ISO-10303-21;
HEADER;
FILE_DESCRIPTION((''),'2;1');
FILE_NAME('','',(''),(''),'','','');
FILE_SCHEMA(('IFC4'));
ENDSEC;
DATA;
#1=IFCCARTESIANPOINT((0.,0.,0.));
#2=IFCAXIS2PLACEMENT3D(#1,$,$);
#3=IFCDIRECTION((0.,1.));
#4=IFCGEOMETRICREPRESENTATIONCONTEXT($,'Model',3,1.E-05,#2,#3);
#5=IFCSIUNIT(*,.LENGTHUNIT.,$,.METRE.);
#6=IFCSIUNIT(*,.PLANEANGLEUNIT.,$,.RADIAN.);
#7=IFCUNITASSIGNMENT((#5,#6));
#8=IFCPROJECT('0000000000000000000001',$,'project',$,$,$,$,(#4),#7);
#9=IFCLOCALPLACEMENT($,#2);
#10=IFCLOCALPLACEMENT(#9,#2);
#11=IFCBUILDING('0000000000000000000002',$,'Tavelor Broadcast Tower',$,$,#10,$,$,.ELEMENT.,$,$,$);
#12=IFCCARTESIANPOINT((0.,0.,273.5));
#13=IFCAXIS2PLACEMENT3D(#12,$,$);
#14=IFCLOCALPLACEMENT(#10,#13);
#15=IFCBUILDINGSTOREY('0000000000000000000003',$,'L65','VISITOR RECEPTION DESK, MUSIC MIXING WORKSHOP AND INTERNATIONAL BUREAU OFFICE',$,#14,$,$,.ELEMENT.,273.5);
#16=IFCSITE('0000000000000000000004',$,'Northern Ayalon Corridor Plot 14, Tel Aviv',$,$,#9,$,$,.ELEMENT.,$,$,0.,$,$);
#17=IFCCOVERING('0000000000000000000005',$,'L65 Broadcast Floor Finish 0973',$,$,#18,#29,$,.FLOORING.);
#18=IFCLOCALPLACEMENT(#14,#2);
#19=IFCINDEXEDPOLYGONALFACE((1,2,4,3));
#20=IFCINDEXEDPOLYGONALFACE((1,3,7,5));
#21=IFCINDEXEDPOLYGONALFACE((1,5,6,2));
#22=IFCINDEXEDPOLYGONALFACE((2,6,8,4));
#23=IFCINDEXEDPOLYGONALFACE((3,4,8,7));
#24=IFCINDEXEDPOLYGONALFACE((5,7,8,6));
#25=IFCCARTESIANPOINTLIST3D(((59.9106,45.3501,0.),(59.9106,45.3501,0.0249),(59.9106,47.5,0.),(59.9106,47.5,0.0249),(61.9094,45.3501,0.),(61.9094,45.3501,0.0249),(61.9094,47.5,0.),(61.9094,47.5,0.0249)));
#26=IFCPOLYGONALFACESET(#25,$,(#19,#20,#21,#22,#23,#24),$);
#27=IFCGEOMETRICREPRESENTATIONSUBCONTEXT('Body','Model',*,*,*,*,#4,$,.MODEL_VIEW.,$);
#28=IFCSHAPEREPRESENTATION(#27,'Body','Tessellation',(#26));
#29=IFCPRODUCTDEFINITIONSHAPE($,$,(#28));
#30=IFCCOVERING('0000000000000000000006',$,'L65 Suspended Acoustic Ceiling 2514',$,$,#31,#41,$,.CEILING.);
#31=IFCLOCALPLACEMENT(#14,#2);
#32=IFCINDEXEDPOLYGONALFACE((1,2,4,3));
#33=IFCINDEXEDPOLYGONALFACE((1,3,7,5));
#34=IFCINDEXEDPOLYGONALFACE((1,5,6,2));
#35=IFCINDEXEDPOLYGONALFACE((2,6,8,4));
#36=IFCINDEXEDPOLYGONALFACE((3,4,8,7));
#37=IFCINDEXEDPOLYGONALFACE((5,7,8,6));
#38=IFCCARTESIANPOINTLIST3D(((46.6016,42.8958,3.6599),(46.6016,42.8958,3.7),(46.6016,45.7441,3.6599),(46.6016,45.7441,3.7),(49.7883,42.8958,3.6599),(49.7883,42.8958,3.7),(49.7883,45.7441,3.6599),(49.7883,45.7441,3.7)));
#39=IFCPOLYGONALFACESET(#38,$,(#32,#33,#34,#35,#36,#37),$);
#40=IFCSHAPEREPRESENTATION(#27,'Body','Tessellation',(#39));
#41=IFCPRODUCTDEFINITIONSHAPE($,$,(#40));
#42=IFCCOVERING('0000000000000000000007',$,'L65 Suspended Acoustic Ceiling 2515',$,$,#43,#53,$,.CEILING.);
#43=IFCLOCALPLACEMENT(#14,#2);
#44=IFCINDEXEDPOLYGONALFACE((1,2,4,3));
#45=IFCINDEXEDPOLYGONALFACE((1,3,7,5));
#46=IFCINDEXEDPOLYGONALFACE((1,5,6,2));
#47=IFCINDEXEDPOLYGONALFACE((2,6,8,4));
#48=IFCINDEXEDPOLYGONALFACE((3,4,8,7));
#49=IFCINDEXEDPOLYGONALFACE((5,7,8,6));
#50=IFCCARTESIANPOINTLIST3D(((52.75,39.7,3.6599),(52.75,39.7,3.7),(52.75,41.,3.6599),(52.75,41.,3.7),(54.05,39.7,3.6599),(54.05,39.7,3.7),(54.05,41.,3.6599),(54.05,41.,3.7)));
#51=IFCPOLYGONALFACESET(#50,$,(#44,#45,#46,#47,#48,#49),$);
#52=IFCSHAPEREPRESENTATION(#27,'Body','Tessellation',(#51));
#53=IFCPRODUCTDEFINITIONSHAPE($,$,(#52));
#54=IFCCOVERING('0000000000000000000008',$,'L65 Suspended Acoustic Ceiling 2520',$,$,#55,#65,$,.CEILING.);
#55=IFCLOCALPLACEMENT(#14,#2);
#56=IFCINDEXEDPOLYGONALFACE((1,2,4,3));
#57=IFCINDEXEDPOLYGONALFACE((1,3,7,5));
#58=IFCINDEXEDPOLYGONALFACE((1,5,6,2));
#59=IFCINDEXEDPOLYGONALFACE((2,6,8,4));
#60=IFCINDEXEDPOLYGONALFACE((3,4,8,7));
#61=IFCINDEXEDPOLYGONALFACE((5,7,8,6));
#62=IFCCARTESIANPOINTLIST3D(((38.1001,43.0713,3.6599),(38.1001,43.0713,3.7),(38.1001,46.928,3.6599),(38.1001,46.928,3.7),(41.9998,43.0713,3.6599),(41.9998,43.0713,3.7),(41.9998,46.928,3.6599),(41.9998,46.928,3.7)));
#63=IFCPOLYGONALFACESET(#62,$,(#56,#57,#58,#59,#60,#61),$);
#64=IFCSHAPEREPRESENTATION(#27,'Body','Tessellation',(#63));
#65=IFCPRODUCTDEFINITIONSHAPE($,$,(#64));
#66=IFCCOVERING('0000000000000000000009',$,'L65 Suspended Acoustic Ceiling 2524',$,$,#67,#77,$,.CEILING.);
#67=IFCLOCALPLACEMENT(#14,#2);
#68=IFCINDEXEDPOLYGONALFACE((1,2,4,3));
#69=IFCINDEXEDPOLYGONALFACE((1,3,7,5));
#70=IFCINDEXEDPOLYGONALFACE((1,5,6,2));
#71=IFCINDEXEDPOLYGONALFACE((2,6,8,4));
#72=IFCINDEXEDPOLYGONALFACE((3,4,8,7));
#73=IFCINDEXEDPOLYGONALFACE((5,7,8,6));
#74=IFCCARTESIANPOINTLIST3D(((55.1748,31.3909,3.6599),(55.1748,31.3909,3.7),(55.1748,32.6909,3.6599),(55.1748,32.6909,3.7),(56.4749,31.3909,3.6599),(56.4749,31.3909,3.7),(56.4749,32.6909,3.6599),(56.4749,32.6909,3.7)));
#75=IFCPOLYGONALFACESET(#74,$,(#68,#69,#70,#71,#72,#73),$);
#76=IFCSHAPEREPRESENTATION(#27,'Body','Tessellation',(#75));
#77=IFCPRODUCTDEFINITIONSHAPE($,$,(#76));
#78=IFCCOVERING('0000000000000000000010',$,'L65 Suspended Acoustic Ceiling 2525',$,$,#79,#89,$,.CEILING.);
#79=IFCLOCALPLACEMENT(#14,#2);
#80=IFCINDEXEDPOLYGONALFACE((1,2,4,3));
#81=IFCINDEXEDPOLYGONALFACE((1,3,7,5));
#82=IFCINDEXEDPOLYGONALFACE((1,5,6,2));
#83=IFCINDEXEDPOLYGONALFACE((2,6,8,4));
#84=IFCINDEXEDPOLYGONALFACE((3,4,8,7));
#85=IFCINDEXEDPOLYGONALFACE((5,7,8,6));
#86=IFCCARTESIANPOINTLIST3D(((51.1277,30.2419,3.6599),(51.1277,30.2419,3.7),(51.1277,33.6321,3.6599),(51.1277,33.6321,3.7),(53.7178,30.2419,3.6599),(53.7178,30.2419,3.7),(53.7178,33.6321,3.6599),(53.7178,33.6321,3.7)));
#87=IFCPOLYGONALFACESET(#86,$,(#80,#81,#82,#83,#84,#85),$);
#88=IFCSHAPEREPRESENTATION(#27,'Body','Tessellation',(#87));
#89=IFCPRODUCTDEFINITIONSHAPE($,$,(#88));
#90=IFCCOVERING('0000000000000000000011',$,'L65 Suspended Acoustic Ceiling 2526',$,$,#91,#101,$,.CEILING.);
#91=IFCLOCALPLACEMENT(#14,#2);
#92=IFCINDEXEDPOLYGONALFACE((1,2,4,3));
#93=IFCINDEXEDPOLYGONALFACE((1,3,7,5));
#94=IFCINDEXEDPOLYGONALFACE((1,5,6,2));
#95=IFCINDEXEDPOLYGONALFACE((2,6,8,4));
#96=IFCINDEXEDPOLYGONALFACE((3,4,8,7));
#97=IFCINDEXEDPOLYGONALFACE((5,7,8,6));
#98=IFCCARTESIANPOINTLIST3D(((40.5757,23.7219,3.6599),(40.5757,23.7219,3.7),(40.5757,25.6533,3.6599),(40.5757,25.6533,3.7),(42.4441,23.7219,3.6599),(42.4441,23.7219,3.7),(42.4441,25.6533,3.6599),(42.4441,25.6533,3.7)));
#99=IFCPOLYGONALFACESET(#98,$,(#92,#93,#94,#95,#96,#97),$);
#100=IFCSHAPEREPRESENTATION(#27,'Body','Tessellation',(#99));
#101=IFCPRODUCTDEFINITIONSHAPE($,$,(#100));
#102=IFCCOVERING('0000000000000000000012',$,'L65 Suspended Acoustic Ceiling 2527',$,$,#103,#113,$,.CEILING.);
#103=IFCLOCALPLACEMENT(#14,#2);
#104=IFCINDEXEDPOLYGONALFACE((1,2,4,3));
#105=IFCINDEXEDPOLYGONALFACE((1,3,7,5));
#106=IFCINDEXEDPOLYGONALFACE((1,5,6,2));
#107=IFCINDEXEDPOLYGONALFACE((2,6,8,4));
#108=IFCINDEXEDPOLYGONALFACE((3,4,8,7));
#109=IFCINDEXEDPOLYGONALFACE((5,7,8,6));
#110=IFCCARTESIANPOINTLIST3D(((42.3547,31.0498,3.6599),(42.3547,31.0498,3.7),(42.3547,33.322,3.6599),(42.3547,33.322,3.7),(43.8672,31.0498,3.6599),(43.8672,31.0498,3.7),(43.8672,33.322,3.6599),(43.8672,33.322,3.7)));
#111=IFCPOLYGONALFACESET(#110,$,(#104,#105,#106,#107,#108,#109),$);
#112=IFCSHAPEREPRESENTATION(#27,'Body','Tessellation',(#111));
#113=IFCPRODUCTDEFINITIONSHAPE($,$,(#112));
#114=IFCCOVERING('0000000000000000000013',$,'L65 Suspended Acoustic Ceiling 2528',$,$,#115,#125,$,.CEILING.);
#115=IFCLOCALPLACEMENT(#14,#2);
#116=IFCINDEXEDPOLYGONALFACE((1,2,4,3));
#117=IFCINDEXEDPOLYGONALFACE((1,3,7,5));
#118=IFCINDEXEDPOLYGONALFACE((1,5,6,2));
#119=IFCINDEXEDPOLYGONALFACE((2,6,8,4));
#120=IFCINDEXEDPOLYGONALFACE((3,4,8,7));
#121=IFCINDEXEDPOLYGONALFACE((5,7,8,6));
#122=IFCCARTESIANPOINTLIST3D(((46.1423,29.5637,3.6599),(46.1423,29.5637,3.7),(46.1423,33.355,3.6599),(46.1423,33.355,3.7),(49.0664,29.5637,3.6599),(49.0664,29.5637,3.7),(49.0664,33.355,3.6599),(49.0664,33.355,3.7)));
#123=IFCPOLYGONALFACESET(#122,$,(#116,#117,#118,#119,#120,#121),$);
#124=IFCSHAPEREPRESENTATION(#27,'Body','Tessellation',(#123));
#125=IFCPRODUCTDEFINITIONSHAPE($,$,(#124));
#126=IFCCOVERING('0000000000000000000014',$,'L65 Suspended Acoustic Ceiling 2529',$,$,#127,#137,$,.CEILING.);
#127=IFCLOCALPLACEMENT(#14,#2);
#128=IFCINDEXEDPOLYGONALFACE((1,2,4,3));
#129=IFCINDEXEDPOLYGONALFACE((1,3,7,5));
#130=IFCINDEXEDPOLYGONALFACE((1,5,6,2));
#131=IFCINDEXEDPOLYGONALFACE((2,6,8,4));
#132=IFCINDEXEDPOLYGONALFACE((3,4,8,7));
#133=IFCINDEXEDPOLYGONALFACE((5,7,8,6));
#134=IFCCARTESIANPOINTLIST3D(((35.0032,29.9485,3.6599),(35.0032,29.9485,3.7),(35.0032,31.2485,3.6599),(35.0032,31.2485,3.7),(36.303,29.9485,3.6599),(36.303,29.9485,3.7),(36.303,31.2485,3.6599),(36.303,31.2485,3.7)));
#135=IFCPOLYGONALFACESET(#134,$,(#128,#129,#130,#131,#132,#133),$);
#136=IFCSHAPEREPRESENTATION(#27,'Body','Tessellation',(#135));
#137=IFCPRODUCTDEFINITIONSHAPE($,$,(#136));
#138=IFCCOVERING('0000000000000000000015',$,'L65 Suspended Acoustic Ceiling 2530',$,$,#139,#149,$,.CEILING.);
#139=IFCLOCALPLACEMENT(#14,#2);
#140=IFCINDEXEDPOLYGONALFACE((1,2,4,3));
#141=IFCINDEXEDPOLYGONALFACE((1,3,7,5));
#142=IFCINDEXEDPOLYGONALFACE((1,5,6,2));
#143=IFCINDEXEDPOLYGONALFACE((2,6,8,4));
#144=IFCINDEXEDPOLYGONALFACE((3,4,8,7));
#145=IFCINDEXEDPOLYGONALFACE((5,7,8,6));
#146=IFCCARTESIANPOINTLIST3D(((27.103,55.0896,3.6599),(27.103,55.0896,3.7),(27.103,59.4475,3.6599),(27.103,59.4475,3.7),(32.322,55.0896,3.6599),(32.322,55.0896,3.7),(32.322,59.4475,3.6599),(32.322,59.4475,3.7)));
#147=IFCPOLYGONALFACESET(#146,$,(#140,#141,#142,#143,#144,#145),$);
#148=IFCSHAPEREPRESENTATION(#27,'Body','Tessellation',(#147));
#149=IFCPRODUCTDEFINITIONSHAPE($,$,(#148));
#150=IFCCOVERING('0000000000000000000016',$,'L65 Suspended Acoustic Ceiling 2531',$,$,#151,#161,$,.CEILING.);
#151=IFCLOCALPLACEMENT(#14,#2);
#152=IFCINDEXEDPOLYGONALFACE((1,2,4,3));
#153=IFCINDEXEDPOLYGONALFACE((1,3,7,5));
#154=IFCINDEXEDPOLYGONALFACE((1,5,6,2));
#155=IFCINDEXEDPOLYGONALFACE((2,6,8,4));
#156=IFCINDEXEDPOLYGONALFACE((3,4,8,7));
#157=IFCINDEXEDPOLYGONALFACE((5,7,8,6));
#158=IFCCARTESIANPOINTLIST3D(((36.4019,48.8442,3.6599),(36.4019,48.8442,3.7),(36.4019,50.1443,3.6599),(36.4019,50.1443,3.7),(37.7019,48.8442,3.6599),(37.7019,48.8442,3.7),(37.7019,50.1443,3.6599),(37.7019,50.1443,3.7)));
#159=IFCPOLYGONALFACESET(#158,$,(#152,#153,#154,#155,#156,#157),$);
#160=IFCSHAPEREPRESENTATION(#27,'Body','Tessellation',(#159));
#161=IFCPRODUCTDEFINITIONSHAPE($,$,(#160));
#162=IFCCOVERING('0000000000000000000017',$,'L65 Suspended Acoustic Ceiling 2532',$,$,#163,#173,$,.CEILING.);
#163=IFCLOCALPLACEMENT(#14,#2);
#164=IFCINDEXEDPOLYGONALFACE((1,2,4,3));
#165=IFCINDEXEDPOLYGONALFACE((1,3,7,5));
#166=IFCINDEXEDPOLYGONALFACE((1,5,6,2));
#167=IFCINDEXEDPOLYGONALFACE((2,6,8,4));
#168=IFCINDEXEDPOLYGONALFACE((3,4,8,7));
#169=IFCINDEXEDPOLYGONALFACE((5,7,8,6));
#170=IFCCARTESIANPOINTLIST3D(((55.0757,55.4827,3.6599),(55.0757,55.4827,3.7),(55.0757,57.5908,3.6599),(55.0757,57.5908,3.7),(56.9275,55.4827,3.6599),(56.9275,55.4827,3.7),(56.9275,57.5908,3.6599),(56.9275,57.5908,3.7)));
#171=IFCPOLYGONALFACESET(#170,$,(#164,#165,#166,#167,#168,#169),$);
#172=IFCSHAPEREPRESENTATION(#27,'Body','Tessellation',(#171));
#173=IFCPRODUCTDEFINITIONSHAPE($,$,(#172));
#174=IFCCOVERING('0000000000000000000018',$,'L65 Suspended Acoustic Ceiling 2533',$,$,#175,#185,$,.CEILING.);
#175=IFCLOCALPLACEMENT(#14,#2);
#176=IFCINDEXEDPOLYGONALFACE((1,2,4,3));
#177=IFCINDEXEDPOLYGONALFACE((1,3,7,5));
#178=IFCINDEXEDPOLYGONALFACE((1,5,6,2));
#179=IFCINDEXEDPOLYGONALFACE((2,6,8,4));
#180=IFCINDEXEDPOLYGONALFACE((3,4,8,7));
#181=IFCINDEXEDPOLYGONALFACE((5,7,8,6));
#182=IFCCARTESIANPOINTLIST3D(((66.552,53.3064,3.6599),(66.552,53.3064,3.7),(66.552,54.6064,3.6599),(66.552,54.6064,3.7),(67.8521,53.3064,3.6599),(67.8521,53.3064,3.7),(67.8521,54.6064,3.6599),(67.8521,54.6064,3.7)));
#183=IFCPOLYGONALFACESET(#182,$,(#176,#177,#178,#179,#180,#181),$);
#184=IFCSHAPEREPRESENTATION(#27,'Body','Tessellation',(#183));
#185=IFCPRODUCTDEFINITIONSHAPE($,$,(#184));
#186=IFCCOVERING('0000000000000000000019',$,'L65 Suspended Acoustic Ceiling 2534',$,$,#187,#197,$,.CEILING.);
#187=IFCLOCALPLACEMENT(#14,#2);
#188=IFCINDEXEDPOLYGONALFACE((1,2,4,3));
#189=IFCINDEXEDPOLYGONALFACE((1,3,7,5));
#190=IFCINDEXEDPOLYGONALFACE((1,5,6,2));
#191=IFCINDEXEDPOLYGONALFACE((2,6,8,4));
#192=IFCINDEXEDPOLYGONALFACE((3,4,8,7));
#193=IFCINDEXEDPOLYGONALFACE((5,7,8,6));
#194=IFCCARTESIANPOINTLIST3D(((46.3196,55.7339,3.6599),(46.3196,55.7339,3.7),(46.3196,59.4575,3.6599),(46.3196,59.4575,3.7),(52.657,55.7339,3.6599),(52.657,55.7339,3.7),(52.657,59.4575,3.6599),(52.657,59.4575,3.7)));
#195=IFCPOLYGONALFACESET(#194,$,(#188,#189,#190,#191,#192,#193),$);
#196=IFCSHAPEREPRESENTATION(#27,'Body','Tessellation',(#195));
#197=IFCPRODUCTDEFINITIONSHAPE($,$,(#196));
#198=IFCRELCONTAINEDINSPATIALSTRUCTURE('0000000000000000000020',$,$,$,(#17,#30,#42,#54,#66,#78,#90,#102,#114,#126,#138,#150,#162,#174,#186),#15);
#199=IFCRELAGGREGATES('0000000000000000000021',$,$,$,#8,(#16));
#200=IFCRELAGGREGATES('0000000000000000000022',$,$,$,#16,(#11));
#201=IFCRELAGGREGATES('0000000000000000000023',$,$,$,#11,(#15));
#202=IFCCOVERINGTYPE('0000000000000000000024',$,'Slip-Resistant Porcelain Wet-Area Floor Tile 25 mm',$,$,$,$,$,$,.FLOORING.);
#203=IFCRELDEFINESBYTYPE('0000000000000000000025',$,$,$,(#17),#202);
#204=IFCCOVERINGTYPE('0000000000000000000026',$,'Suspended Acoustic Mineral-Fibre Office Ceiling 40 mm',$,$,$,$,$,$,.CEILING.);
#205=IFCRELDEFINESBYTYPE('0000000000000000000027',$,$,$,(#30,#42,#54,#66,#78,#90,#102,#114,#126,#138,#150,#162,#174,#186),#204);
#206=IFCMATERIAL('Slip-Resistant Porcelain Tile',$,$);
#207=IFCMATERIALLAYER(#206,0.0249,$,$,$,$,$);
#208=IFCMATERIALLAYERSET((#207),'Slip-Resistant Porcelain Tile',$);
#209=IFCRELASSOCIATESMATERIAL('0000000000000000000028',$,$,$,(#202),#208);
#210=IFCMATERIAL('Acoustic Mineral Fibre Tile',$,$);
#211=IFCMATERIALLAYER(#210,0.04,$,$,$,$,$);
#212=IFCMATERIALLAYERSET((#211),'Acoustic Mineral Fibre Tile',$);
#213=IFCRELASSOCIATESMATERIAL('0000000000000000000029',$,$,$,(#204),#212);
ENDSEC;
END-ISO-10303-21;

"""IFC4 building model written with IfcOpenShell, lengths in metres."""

from ifc_helpers import new_model, si_unit, direction, frame, origin, place, context, subcontext, project, spatial, polyline, outline, extrude, material, layer, layer_set, type_object, element, save


model = new_model("IFC4")

# Units and contexts
model_context = context("Model", 3, precision=1e-05, world=origin(), true_north=direction((0.0, 1.0)))
body_context = subcontext(model_context, "Body", "Model", "MODEL_VIEW")
ifc_project = project(units=[si_unit("LENGTHUNIT", "METRE"), si_unit("PLANEANGLEUNIT", "RADIAN")], contexts=[model_context])

# Site, building, storey
site_placement = place(None, origin())
site = spatial("IfcSite", under=ifc_project, at=site_placement, Name="Northern Ayalon Corridor Plot 14, Tel Aviv", CompositionType="ELEMENT", RefElevation=0.0)
building_placement = place(site_placement, origin())
building = spatial("IfcBuilding", under=site, at=building_placement, Name="Tavelor Broadcast Tower", CompositionType="ELEMENT")
storey_placement = place(building_placement, frame((0.0, 0.0, 273.5)))
storey = spatial("IfcBuildingStorey", under=building, at=storey_placement, Name="L65", Description="VISITOR RECEPTION DESK, MUSIC MIXING WORKSHOP AND INTERNATIONAL BUREAU OFFICE", CompositionType="ELEMENT", Elevation=273.5)

# Coverings
ifc_material_1 = material(Name="Slip-Resistant Porcelain Tile")
ifc_layer_1 = layer(ifc_material_1, 0.0249)
ifc_layer_set_1 = layer_set([ifc_layer_1], Name="Slip-Resistant Porcelain Tile")
covering_type_1 = type_object("IfcCoveringType", Name="Slip-Resistant Porcelain Wet-Area Floor Tile 25 mm", PredefinedType="FLOORING", material=ifc_layer_set_1)
covering_1_placement = place(storey_placement, origin())
element("IfcCovering", 1, at=covering_1_placement, inside=storey, type_object=covering_type_1, Name="L65 Broadcast Floor Finish 0973", PredefinedType="FLOORING", context=body_context, shape_type="SweptSolid", body=[
    extrude(outline(polyline([(59.9106, 45.3501), (61.9094, 45.3501), (61.9094, 47.5), (59.9106, 47.5), (59.9106, 45.3501)])), origin(), (0.0, 0.0, 1.0), 0.0249),
])
ifc_material_2 = material(Name="Acoustic Mineral Fibre Tile")
ifc_layer_2 = layer(ifc_material_2, 0.04)
ifc_layer_set_2 = layer_set([ifc_layer_2], Name="Acoustic Mineral Fibre Tile")
covering_type_2 = type_object("IfcCoveringType", Name="Suspended Acoustic Mineral-Fibre Office Ceiling 40 mm", PredefinedType="CEILING", material=ifc_layer_set_2)
covering_2_placement = place(storey_placement, frame((0.0, 0.0, 3.6599)))
element("IfcCovering", 2, at=covering_2_placement, inside=storey, type_object=covering_type_2, Name="L65 Suspended Acoustic Ceiling 2514", PredefinedType="CEILING", context=body_context, shape_type="SweptSolid", body=[
    extrude(outline(polyline([(46.6016, 42.8958), (49.7883, 42.8958), (49.7883, 45.7441), (46.6016, 45.7441), (46.6016, 42.8958)])), origin(), (0.0, 0.0, 1.0), 0.04),
])
covering_3_placement = place(storey_placement, frame((0.0, 0.0, 3.6599)))
element("IfcCovering", 3, at=covering_3_placement, inside=storey, type_object=covering_type_2, Name="L65 Suspended Acoustic Ceiling 2515", PredefinedType="CEILING", context=body_context, shape_type="SweptSolid", body=[
    extrude(outline(polyline([(52.75, 39.7), (54.05, 39.7), (54.05, 41.0), (52.75, 41.0), (52.75, 39.7)])), origin(), (0.0, 0.0, 1.0), 0.04),
])
covering_4_placement = place(storey_placement, frame((0.0, 0.0, 3.6599)))
element("IfcCovering", 4, at=covering_4_placement, inside=storey, type_object=covering_type_2, Name="L65 Suspended Acoustic Ceiling 2520", PredefinedType="CEILING", context=body_context, shape_type="SweptSolid", body=[
    extrude(outline(polyline([(38.1001, 43.0713), (41.9998, 43.0713), (41.9998, 46.928), (38.1001, 46.928), (38.1001, 43.0713)])), origin(), (0.0, 0.0, 1.0), 0.04),
])
covering_5_placement = place(storey_placement, frame((0.0, 0.0, 3.6599)))
element("IfcCovering", 5, at=covering_5_placement, inside=storey, type_object=covering_type_2, Name="L65 Suspended Acoustic Ceiling 2524", PredefinedType="CEILING", context=body_context, shape_type="SweptSolid", body=[
    extrude(outline(polyline([(55.1748, 31.3909), (56.4749, 31.3909), (56.4749, 32.6909), (55.1748, 32.6909), (55.1748, 31.3909)])), origin(), (0.0, 0.0, 1.0), 0.04),
])
covering_6_placement = place(storey_placement, frame((0.0, 0.0, 3.6599)))
element("IfcCovering", 6, at=covering_6_placement, inside=storey, type_object=covering_type_2, Name="L65 Suspended Acoustic Ceiling 2525", PredefinedType="CEILING", context=body_context, shape_type="SweptSolid", body=[
    extrude(outline(polyline([(51.1277, 30.2419), (53.7178, 30.2419), (53.7178, 33.6321), (51.1277, 33.6321), (51.1277, 30.2419)])), origin(), (0.0, 0.0, 1.0), 0.04),
])
covering_7_placement = place(storey_placement, frame((0.0, 0.0, 3.6599)))
element("IfcCovering", 7, at=covering_7_placement, inside=storey, type_object=covering_type_2, Name="L65 Suspended Acoustic Ceiling 2526", PredefinedType="CEILING", context=body_context, shape_type="SweptSolid", body=[
    extrude(outline(polyline([(40.5757, 23.7219), (42.4441, 23.7219), (42.4441, 25.6533), (40.5757, 25.6533), (40.5757, 23.7219)])), origin(), (0.0, 0.0, 1.0), 0.04),
])
covering_8_placement = place(storey_placement, frame((0.0, 0.0, 3.6599)))
element("IfcCovering", 8, at=covering_8_placement, inside=storey, type_object=covering_type_2, Name="L65 Suspended Acoustic Ceiling 2527", PredefinedType="CEILING", context=body_context, shape_type="SweptSolid", body=[
    extrude(outline(polyline([(42.3547, 31.0498), (43.8672, 31.0498), (43.8672, 33.322), (42.3547, 33.322), (42.3547, 31.0498)])), origin(), (0.0, 0.0, 1.0), 0.04),
])
covering_9_placement = place(storey_placement, frame((0.0, 0.0, 3.6599)))
element("IfcCovering", 9, at=covering_9_placement, inside=storey, type_object=covering_type_2, Name="L65 Suspended Acoustic Ceiling 2528", PredefinedType="CEILING", context=body_context, shape_type="SweptSolid", body=[
    extrude(outline(polyline([(46.1423, 29.5637), (49.0664, 29.5637), (49.0664, 33.355), (46.1423, 33.355), (46.1423, 29.5637)])), origin(), (0.0, 0.0, 1.0), 0.04),
])
covering_10_placement = place(storey_placement, frame((0.0, 0.0, 3.6599)))
element("IfcCovering", 10, at=covering_10_placement, inside=storey, type_object=covering_type_2, Name="L65 Suspended Acoustic Ceiling 2529", PredefinedType="CEILING", context=body_context, shape_type="SweptSolid", body=[
    extrude(outline(polyline([(35.0032, 29.9485), (36.303, 29.9485), (36.303, 31.2485), (35.0032, 31.2485), (35.0032, 29.9485)])), origin(), (0.0, 0.0, 1.0), 0.04),
])
covering_11_placement = place(storey_placement, frame((0.0, 0.0, 3.6599)))
element("IfcCovering", 11, at=covering_11_placement, inside=storey, type_object=covering_type_2, Name="L65 Suspended Acoustic Ceiling 2530", PredefinedType="CEILING", context=body_context, shape_type="SweptSolid", body=[
    extrude(outline(polyline([(27.103, 55.0896), (32.322, 55.0896), (32.322, 59.4475), (27.103, 59.4475), (27.103, 55.0896)])), origin(), (0.0, 0.0, 1.0), 0.04),
])
covering_12_placement = place(storey_placement, frame((0.0, 0.0, 3.6599)))
element("IfcCovering", 12, at=covering_12_placement, inside=storey, type_object=covering_type_2, Name="L65 Suspended Acoustic Ceiling 2531", PredefinedType="CEILING", context=body_context, shape_type="SweptSolid", body=[
    extrude(outline(polyline([(36.4019, 48.8442), (37.7019, 48.8442), (37.7019, 50.1443), (36.4019, 50.1443), (36.4019, 48.8442)])), origin(), (0.0, 0.0, 1.0), 0.04),
])
covering_13_placement = place(storey_placement, frame((0.0, 0.0, 3.6599)))
element("IfcCovering", 13, at=covering_13_placement, inside=storey, type_object=covering_type_2, Name="L65 Suspended Acoustic Ceiling 2532", PredefinedType="CEILING", context=body_context, shape_type="SweptSolid", body=[
    extrude(outline(polyline([(55.0757, 55.4827), (56.9275, 55.4827), (56.9275, 57.5908), (55.0757, 57.5908), (55.0757, 55.4827)])), origin(), (0.0, 0.0, 1.0), 0.04),
])
covering_14_placement = place(storey_placement, frame((0.0, 0.0, 3.6599)))
element("IfcCovering", 14, at=covering_14_placement, inside=storey, type_object=covering_type_2, Name="L65 Suspended Acoustic Ceiling 2533", PredefinedType="CEILING", context=body_context, shape_type="SweptSolid", body=[
    extrude(outline(polyline([(66.552, 53.3064), (67.8521, 53.3064), (67.8521, 54.6064), (66.552, 54.6064), (66.552, 53.3064)])), origin(), (0.0, 0.0, 1.0), 0.04),
])
covering_15_placement = place(storey_placement, frame((0.0, 0.0, 3.6599)))
element("IfcCovering", 15, at=covering_15_placement, inside=storey, type_object=covering_type_2, Name="L65 Suspended Acoustic Ceiling 2534", PredefinedType="CEILING", context=body_context, shape_type="SweptSolid", body=[
    extrude(outline(polyline([(46.3196, 55.7339), (52.657, 55.7339), (52.657, 59.4575), (46.3196, 59.4575), (46.3196, 55.7339)])), origin(), (0.0, 0.0, 1.0), 0.04),
])

save(model, "model.ifc")
